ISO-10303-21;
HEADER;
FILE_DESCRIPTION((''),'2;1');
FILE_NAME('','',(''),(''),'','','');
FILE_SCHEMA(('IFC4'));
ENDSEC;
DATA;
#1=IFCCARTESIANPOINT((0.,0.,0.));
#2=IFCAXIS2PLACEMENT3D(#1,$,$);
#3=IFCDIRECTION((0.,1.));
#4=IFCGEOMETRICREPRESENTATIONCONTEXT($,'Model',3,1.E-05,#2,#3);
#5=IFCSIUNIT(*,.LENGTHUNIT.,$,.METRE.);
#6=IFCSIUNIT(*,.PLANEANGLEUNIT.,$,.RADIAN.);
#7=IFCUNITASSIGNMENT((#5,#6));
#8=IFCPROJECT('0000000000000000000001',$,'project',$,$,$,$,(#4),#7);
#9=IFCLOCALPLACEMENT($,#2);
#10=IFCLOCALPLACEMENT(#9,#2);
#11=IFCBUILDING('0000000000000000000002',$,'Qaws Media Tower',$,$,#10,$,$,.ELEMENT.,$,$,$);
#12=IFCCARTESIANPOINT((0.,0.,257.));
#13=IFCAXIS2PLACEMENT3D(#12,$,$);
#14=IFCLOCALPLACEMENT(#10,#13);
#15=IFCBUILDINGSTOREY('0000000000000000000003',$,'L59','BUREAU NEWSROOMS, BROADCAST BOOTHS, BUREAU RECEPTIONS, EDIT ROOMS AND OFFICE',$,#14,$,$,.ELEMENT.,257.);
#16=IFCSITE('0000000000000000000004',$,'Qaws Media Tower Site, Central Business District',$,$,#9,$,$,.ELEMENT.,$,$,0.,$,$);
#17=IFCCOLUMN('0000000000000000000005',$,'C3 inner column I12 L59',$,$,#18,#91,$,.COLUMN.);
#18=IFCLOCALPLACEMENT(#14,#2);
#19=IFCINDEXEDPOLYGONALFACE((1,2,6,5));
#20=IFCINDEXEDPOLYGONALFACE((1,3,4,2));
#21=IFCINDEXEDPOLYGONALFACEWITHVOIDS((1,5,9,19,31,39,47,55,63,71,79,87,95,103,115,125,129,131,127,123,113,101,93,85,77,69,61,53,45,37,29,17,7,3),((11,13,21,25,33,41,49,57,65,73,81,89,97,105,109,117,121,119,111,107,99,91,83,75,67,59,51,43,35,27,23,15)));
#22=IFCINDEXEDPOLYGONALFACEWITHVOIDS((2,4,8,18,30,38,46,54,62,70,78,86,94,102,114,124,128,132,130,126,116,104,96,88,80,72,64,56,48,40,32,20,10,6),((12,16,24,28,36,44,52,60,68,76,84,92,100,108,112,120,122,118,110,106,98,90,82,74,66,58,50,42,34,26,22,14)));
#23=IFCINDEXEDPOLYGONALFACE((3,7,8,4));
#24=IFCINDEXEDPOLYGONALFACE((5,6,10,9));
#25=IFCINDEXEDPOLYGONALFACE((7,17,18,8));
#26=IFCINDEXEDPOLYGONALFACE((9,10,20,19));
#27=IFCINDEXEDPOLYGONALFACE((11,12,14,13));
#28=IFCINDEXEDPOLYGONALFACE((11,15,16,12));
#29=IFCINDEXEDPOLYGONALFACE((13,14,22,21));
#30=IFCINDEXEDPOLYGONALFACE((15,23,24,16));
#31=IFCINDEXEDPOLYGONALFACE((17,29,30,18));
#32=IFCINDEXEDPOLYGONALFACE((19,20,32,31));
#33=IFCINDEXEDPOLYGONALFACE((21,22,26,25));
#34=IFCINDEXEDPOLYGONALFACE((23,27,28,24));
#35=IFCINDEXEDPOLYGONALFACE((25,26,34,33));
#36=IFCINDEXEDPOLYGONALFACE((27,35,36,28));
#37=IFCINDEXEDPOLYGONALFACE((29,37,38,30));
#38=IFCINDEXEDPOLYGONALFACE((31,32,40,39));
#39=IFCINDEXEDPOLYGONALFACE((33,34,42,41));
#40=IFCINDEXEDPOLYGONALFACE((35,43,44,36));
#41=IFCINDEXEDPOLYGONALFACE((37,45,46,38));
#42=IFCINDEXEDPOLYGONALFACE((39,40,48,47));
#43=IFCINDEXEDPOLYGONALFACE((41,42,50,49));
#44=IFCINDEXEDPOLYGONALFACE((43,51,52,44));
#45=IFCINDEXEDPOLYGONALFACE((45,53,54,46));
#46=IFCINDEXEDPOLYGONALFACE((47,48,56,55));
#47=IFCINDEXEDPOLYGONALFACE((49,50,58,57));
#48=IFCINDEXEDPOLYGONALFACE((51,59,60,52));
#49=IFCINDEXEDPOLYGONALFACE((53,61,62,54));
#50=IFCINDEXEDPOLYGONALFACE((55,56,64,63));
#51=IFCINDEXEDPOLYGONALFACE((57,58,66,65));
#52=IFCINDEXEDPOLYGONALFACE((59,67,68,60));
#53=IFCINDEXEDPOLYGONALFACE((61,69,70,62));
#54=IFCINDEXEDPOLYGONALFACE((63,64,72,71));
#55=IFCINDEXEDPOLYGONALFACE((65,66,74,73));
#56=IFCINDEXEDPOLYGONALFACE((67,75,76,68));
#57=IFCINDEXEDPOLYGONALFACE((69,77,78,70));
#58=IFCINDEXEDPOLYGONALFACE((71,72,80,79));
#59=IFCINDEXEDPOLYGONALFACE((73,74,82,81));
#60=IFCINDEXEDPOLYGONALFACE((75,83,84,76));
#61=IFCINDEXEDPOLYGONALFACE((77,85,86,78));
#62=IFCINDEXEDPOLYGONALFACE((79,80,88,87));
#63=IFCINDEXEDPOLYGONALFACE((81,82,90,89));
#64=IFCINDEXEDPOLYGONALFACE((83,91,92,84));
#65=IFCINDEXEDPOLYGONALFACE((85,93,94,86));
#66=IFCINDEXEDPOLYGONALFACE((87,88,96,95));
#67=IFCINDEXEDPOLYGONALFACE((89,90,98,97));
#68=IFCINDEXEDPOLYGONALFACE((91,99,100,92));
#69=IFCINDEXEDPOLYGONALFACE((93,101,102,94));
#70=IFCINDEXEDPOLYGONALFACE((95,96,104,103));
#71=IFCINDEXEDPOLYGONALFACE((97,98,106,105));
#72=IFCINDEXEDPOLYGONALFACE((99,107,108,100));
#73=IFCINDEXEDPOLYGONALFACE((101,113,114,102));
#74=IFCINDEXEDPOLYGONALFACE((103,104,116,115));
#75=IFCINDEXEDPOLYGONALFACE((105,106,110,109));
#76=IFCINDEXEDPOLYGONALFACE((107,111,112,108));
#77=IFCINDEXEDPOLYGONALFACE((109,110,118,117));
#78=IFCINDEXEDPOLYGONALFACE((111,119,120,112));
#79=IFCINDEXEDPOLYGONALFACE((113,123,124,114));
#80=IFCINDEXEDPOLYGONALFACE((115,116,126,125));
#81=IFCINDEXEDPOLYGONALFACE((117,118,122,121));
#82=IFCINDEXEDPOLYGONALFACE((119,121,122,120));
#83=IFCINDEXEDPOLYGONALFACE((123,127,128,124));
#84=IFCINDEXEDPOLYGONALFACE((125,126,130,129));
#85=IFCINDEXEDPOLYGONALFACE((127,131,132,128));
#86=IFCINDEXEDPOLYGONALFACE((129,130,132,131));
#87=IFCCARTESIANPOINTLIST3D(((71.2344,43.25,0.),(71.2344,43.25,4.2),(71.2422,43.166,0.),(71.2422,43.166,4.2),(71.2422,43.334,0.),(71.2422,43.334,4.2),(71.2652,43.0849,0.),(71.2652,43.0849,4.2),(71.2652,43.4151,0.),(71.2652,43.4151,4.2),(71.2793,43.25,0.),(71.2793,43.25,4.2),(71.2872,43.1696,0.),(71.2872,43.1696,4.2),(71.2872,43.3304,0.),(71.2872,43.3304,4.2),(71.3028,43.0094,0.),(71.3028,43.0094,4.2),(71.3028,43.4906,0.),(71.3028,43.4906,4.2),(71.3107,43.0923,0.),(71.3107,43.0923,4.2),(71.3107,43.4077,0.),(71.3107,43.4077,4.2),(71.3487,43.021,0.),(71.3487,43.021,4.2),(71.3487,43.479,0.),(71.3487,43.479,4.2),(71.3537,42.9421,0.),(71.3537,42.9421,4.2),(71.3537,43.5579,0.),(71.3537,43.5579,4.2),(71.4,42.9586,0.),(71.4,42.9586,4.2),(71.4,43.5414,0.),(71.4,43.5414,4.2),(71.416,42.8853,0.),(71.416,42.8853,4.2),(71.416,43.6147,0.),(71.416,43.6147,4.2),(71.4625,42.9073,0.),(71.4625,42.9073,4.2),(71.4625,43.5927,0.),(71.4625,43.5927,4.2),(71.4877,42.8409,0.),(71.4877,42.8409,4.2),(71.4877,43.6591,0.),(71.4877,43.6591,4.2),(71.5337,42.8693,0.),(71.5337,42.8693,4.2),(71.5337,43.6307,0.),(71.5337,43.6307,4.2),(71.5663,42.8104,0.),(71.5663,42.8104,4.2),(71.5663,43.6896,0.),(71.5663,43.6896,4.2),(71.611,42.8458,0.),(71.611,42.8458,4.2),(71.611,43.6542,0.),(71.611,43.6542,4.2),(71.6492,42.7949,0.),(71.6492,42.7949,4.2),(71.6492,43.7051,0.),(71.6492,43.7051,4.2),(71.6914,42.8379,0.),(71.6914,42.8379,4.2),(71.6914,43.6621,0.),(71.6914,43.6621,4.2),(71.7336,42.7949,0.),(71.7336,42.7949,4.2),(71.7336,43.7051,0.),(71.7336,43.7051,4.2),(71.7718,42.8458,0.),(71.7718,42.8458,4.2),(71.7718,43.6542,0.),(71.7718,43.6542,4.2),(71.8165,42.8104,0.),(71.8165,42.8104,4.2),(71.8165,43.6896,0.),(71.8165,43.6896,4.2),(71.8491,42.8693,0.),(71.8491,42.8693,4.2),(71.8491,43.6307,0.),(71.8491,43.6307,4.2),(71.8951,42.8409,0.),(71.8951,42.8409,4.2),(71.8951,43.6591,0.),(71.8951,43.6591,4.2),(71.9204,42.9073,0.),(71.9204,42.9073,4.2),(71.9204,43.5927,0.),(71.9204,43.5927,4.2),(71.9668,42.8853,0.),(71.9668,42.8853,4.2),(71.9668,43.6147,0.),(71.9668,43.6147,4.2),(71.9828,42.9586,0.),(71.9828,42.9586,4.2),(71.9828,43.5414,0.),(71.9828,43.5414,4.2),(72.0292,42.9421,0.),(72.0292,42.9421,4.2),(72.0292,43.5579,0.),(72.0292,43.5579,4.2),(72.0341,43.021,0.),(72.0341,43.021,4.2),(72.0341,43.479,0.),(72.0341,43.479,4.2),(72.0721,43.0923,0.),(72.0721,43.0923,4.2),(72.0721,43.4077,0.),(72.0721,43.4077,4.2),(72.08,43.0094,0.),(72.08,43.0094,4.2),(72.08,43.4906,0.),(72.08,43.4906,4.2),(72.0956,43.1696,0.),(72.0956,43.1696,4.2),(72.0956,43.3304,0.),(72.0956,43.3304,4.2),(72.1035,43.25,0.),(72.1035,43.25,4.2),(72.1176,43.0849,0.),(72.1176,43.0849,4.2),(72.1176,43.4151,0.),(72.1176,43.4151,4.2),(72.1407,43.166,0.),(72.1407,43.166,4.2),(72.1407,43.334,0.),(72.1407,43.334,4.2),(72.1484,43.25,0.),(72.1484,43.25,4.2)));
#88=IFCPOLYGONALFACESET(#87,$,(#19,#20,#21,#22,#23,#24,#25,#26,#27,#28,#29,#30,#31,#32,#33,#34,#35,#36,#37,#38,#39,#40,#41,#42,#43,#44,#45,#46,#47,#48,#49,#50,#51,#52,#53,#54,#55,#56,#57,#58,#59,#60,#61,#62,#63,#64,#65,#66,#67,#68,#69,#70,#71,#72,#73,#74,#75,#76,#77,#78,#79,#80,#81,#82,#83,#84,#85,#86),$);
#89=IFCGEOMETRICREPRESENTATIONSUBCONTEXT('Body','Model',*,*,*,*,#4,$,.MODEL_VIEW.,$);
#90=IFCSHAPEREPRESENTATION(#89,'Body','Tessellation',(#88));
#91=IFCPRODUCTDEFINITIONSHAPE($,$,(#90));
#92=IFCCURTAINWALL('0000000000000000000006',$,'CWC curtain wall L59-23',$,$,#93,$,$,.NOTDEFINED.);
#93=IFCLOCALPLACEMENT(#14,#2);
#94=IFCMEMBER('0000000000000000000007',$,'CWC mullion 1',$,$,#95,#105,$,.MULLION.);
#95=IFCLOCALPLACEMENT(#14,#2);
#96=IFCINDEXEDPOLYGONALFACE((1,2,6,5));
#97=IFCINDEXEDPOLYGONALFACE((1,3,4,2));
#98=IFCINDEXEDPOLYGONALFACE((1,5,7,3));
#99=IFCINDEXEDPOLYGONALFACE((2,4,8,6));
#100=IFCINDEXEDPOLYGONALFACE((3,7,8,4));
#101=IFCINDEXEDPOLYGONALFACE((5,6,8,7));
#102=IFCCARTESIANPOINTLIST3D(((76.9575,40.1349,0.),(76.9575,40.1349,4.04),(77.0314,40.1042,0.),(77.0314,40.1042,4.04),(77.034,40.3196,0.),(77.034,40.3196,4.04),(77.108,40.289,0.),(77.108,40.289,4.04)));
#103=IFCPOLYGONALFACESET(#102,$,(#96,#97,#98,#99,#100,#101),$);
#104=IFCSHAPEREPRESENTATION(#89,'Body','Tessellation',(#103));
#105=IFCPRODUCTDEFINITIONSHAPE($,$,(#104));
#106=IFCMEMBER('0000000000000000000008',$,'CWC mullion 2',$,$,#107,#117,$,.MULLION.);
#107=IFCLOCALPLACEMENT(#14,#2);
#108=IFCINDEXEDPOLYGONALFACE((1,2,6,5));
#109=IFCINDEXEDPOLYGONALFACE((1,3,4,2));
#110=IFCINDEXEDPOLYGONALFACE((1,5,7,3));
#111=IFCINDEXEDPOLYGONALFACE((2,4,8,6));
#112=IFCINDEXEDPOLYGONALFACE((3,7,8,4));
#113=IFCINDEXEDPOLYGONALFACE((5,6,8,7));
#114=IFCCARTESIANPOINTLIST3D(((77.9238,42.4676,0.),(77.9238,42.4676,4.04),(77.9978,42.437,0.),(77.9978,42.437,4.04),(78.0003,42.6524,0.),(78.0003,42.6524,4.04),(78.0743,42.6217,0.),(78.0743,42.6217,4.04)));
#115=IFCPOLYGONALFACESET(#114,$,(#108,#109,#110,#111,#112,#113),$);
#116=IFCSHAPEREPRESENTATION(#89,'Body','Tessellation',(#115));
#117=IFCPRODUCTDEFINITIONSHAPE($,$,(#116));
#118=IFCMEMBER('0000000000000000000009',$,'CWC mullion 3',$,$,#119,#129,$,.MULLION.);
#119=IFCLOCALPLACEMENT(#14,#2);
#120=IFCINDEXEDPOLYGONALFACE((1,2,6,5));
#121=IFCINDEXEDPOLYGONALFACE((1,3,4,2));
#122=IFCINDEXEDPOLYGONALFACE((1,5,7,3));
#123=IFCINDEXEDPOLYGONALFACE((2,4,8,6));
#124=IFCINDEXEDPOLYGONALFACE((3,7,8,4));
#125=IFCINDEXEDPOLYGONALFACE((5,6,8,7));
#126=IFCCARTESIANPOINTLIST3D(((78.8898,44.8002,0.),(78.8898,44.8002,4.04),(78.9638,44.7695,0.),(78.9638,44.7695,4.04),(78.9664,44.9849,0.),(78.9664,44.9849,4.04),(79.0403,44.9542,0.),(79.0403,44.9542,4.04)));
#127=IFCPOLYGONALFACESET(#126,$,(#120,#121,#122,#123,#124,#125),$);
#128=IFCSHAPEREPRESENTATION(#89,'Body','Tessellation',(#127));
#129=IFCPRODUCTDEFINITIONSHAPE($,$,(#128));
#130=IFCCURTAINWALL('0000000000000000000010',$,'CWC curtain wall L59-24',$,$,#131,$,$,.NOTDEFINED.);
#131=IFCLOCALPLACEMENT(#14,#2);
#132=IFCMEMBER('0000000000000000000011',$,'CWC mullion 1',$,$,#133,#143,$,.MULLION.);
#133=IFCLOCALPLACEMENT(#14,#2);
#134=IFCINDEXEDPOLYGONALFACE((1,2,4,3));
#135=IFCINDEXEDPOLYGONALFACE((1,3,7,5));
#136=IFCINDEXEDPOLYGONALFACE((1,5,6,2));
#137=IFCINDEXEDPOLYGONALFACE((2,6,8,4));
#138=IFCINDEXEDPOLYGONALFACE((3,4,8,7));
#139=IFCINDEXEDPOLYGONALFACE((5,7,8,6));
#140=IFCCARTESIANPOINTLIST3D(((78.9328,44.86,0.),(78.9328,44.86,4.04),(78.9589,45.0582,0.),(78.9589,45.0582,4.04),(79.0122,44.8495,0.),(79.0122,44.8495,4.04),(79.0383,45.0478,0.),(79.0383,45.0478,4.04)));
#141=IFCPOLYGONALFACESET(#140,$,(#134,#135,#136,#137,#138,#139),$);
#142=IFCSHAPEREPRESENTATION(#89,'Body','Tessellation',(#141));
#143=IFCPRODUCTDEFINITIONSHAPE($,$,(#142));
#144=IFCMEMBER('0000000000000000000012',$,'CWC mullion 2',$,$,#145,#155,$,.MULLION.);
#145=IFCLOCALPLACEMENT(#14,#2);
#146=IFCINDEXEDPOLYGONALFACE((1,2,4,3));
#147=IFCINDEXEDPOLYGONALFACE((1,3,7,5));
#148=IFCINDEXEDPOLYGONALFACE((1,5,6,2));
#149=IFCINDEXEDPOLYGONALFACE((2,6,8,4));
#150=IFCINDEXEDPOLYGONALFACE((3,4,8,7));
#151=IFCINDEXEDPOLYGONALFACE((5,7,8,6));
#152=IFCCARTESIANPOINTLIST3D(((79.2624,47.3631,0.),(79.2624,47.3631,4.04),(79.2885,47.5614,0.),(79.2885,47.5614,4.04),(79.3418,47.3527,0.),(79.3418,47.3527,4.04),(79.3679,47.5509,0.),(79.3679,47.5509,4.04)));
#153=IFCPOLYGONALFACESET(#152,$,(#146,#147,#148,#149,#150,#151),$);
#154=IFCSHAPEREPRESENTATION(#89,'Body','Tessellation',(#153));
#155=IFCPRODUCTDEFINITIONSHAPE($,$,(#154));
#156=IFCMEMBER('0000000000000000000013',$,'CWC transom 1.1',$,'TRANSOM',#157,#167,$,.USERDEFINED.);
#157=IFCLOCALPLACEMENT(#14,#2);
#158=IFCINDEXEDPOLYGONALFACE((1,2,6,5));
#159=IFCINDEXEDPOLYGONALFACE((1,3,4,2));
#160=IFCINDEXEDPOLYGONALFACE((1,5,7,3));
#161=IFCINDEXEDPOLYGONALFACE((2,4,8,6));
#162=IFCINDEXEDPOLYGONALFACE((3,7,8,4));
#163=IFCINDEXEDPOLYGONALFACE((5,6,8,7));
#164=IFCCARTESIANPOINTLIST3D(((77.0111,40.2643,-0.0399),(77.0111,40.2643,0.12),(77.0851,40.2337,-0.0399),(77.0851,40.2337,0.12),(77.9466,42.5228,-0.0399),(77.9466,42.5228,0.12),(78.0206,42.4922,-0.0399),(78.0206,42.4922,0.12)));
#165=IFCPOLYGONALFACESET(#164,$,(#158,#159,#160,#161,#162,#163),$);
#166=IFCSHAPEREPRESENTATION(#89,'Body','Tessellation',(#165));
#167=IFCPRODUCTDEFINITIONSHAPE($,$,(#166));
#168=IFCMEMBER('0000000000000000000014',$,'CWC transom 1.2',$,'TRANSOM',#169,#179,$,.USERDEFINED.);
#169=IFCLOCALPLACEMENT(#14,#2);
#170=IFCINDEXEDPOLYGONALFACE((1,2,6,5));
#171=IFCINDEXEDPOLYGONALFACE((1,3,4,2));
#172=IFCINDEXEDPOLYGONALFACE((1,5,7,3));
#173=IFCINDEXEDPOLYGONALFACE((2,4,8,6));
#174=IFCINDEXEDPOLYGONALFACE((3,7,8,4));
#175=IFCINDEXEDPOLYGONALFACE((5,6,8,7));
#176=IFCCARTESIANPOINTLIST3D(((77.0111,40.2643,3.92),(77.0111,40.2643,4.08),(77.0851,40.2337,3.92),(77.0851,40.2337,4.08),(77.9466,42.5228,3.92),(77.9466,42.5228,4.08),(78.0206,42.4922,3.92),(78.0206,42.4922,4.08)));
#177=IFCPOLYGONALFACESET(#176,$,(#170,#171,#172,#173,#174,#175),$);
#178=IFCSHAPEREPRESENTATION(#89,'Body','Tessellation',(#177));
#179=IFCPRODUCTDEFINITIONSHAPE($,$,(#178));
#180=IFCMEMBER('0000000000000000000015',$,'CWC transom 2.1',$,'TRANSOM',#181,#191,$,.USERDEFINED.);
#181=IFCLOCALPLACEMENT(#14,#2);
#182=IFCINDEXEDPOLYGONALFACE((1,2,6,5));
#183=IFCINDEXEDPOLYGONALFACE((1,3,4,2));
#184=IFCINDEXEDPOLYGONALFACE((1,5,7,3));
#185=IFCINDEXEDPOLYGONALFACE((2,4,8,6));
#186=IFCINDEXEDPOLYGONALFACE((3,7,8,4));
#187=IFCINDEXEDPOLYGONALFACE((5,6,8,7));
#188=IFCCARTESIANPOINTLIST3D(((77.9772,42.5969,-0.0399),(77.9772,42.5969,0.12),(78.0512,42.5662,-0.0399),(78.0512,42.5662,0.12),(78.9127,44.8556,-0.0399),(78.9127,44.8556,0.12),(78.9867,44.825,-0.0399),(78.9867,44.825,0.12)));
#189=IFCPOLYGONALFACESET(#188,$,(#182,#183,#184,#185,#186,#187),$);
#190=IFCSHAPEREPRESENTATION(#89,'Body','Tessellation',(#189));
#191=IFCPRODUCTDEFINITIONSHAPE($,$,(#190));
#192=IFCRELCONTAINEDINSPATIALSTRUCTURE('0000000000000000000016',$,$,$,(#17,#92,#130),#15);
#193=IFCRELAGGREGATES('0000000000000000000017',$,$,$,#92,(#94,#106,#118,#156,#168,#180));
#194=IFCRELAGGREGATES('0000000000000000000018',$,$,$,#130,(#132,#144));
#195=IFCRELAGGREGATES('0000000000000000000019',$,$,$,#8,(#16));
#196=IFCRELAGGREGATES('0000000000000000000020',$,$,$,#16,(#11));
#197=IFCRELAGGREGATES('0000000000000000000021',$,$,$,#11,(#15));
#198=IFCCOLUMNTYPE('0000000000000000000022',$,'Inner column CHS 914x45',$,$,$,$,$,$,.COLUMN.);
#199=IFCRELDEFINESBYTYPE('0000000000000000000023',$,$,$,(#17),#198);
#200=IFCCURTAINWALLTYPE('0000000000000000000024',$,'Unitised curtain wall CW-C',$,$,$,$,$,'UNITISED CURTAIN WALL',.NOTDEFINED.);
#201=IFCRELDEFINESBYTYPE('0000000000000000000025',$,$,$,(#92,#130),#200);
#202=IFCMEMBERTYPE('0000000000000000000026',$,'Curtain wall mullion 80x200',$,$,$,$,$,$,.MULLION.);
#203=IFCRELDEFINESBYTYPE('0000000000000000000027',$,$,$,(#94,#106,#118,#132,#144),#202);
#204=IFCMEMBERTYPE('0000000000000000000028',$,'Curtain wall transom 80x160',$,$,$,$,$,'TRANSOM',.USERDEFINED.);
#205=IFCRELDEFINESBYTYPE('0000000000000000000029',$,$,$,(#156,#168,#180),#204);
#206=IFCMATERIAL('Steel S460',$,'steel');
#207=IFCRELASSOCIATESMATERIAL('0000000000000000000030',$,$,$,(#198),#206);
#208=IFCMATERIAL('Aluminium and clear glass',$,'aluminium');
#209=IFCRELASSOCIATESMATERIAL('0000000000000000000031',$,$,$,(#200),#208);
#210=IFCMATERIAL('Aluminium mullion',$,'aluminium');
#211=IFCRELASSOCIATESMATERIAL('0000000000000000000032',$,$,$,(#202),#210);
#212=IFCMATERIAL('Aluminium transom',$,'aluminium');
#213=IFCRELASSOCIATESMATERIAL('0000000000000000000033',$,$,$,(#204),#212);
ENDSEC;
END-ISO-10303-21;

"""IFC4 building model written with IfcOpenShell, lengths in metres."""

from ifc_helpers import new_model, si_unit, direction, frame, origin, origin_2d, place, context, subcontext, project, spatial, rectangle, hollow_circle, extrude, material, material_profile, profile_set, type_object, element, aggregate, save


model = new_model("IFC4")

# Units and contexts
model_context = context("Model", 3, precision=1e-05, world=origin(), true_north=direction((0.0, 1.0)))
body_context = subcontext(model_context, "Body", "Model", "MODEL_VIEW")
ifc_project = project(units=[si_unit("LENGTHUNIT", "METRE"), si_unit("PLANEANGLEUNIT", "RADIAN")], contexts=[model_context])

# Site, building, storey
site_placement = place(None, origin())
site = spatial("IfcSite", under=ifc_project, at=site_placement, Name="Qaws Media Tower Site, Central Business District", CompositionType="ELEMENT", RefElevation=0.0)
building_placement = place(site_placement, origin())
building = spatial("IfcBuilding", under=site, at=building_placement, Name="Qaws Media Tower", CompositionType="ELEMENT")
storey_placement = place(building_placement, frame((0.0, 0.0, 257.0)))
storey = spatial("IfcBuildingStorey", under=building, at=storey_placement, Name="L59", Description="BUREAU NEWSROOMS, BROADCAST BOOTHS, BUREAU RECEPTIONS, EDIT ROOMS AND OFFICE", CompositionType="ELEMENT", Elevation=257.0)

# Column
ifc_material_1 = material(Name="Steel S460", Category="steel")
ifc_material_profile_1 = material_profile(ifc_material_1, hollow_circle(Radius=0.457, WallThickness=0.0449, at=origin_2d()), Name="CHS 914x45")
ifc_profile_set_1 = profile_set([ifc_material_profile_1], Name="Steel S460")
column_type = type_object("IfcColumnType", Name="Inner column CHS 914x45", PredefinedType="COLUMN", material=ifc_profile_set_1)
column_placement = place(storey_placement, frame((71.6914, 43.25, 0.0), z_axis=(0.0, 0.0, 1.0), x_axis=(1.0, 0.0, 0.0)))
element("IfcColumn", 1, at=column_placement, inside=storey, type_object=column_type, Name="C3 inner column I12 L59", PredefinedType="COLUMN", context=body_context, shape_type="SweptSolid", body=[
    extrude(hollow_circle(Radius=0.457, WallThickness=0.0449, at=origin_2d()), origin(), (0.0, 0.0, 1.0), 4.2),
])

# Curtain walls, members
ifc_material_2 = material(Name="Aluminium and clear glass", Category="aluminium")
curtain_wall_type = type_object("IfcCurtainWallType", Name="Unitised curtain wall CW-C", ElementType="UNITISED CURTAIN WALL", PredefinedType="NOTDEFINED", material=ifc_material_2)
curtain_wall_1_placement = place(storey_placement, origin())
curtain_wall_1 = element("IfcCurtainWall", 2, at=curtain_wall_1_placement, inside=storey, type_object=curtain_wall_type, Name="CWC curtain wall L59-23", PredefinedType="NOTDEFINED")
ifc_material_3 = material(Name="Aluminium mullion", Category="aluminium")
ifc_material_profile_2 = material_profile(ifc_material_3, rectangle(XDim=0.0801, YDim=0.2, at=origin_2d()), Name="80x200")
ifc_profile_set_2 = profile_set([ifc_material_profile_2], Name="Aluminium mullion")
member_type_1 = type_object("IfcMemberType", Name="Curtain wall mullion 80x200", PredefinedType="MULLION", material=ifc_profile_set_2)
member_1_placement = place(storey_placement, frame((77.0327, 40.2119, 0.0), z_axis=(0.0, 0.0, 1.0), x_axis=(-0.92388, 0.382683, 0.0)))
member_1 = element("IfcMember", 3, at=member_1_placement, type_object=member_type_1, Name="CWC mullion 1", PredefinedType="MULLION", context=body_context, shape_type="SweptSolid", body=[
    extrude(rectangle(XDim=0.0801, YDim=0.2, at=origin_2d()), origin(), (0.0, 0.0, 1.0), 4.04),
])
member_2_placement = place(storey_placement, frame((77.999, 42.5447, 0.0), z_axis=(0.0, 0.0, 1.0), x_axis=(-0.92388, 0.382683, 0.0)))
member_2 = element("IfcMember", 4, at=member_2_placement, type_object=member_type_1, Name="CWC mullion 2", PredefinedType="MULLION", context=body_context, shape_type="SweptSolid", body=[
    extrude(rectangle(XDim=0.0801, YDim=0.2, at=origin_2d()), origin(), (0.0, 0.0, 1.0), 4.04),
])
member_3_placement = place(storey_placement, frame((78.9651, 44.8772, 0.0), z_axis=(0.0, 0.0, 1.0), x_axis=(-0.92388, 0.382683, 0.0)))
member_3 = element("IfcMember", 5, at=member_3_placement, type_object=member_type_1, Name="CWC mullion 3", PredefinedType="MULLION", context=body_context, shape_type="SweptSolid", body=[
    extrude(rectangle(XDim=0.0801, YDim=0.2, at=origin_2d()), origin(), (0.0, 0.0, 1.0), 4.04),
])
curtain_wall_2_placement = place(storey_placement, origin())
curtain_wall_2 = element("IfcCurtainWall", 6, at=curtain_wall_2_placement, inside=storey, type_object=curtain_wall_type, Name="CWC curtain wall L59-24", PredefinedType="NOTDEFINED")
member_4_placement = place(storey_placement, frame((78.9856, 44.9539, 0.0), z_axis=(0.0, 0.0, 1.0), x_axis=(-0.991445, 0.130526, 0.0)))
member_4 = element("IfcMember", 7, at=member_4_placement, type_object=member_type_1, Name="CWC mullion 1", PredefinedType="MULLION", context=body_context, shape_type="SweptSolid", body=[
    extrude(rectangle(XDim=0.0801, YDim=0.2, at=origin_2d()), origin(), (0.0, 0.0, 1.0), 4.04),
])
member_5_placement = place(storey_placement, frame((79.3152, 47.457, 0.0), z_axis=(0.0, 0.0, 1.0), x_axis=(-0.991445, 0.130526, 0.0)))
member_5 = element("IfcMember", 8, at=member_5_placement, type_object=member_type_1, Name="CWC mullion 2", PredefinedType="MULLION", context=body_context, shape_type="SweptSolid", body=[
    extrude(rectangle(XDim=0.0801, YDim=0.2, at=origin_2d()), origin(), (0.0, 0.0, 1.0), 4.04),
])

# Members
ifc_material_4 = material(Name="Aluminium transom", Category="aluminium")
ifc_material_profile_3 = material_profile(ifc_material_4, rectangle(XDim=0.0801, YDim=0.1599, at=origin_2d()), Name="80x160")
ifc_profile_set_3 = profile_set([ifc_material_profile_3], Name="Aluminium transom")
member_type_2 = type_object("IfcMemberType", Name="Curtain wall transom 80x160", ElementType="TRANSOM", PredefinedType="USERDEFINED", material=ifc_profile_set_3)
member_6_placement = place(storey_placement, frame((77.0481, 40.249, 0.04), z_axis=(0.382693, 0.923876, 0.0), x_axis=(-0.923876, 0.382693, 0.0)))
member_6 = element("IfcMember", 9, at=member_6_placement, type_object=member_type_2, Name="CWC transom 1.1", ObjectType="TRANSOM", PredefinedType="USERDEFINED", context=body_context, shape_type="SweptSolid", body=[
    extrude(rectangle(XDim=0.0801, YDim=0.1599, at=origin_2d()), origin(), (0.0, 0.0, 1.0), 2.4446),
])
member_7_placement = place(storey_placement, frame((77.0481, 40.249, 4.0), z_axis=(0.382693, 0.923876, 0.0), x_axis=(-0.923876, 0.382693, 0.0)))
member_7 = element("IfcMember", 10, at=member_7_placement, type_object=member_type_2, Name="CWC transom 1.2", ObjectType="TRANSOM", PredefinedType="USERDEFINED", context=body_context, shape_type="SweptSolid", body=[
    extrude(rectangle(XDim=0.0801, YDim=0.1599, at=origin_2d()), origin(), (0.0, 0.0, 1.0), 2.4446),
])
member_8_placement = place(storey_placement, frame((78.0142, 42.5815, 0.04), z_axis=(0.382658, 0.92389, 0.0), x_axis=(-0.92389, 0.382658, 0.0)))
member_8 = element("IfcMember", 11, at=member_8_placement, type_object=member_type_2, Name="CWC transom 2.1", ObjectType="TRANSOM", PredefinedType="USERDEFINED", context=body_context, shape_type="SweptSolid", body=[
    extrude(rectangle(XDim=0.0801, YDim=0.1599, at=origin_2d()), origin(), (0.0, 0.0, 1.0), 2.4448),
])

aggregate(curtain_wall_1, [member_1, member_2, member_3, member_6, member_7, member_8])
aggregate(curtain_wall_2, [member_4, member_5])

save(model, "model.ifc")
